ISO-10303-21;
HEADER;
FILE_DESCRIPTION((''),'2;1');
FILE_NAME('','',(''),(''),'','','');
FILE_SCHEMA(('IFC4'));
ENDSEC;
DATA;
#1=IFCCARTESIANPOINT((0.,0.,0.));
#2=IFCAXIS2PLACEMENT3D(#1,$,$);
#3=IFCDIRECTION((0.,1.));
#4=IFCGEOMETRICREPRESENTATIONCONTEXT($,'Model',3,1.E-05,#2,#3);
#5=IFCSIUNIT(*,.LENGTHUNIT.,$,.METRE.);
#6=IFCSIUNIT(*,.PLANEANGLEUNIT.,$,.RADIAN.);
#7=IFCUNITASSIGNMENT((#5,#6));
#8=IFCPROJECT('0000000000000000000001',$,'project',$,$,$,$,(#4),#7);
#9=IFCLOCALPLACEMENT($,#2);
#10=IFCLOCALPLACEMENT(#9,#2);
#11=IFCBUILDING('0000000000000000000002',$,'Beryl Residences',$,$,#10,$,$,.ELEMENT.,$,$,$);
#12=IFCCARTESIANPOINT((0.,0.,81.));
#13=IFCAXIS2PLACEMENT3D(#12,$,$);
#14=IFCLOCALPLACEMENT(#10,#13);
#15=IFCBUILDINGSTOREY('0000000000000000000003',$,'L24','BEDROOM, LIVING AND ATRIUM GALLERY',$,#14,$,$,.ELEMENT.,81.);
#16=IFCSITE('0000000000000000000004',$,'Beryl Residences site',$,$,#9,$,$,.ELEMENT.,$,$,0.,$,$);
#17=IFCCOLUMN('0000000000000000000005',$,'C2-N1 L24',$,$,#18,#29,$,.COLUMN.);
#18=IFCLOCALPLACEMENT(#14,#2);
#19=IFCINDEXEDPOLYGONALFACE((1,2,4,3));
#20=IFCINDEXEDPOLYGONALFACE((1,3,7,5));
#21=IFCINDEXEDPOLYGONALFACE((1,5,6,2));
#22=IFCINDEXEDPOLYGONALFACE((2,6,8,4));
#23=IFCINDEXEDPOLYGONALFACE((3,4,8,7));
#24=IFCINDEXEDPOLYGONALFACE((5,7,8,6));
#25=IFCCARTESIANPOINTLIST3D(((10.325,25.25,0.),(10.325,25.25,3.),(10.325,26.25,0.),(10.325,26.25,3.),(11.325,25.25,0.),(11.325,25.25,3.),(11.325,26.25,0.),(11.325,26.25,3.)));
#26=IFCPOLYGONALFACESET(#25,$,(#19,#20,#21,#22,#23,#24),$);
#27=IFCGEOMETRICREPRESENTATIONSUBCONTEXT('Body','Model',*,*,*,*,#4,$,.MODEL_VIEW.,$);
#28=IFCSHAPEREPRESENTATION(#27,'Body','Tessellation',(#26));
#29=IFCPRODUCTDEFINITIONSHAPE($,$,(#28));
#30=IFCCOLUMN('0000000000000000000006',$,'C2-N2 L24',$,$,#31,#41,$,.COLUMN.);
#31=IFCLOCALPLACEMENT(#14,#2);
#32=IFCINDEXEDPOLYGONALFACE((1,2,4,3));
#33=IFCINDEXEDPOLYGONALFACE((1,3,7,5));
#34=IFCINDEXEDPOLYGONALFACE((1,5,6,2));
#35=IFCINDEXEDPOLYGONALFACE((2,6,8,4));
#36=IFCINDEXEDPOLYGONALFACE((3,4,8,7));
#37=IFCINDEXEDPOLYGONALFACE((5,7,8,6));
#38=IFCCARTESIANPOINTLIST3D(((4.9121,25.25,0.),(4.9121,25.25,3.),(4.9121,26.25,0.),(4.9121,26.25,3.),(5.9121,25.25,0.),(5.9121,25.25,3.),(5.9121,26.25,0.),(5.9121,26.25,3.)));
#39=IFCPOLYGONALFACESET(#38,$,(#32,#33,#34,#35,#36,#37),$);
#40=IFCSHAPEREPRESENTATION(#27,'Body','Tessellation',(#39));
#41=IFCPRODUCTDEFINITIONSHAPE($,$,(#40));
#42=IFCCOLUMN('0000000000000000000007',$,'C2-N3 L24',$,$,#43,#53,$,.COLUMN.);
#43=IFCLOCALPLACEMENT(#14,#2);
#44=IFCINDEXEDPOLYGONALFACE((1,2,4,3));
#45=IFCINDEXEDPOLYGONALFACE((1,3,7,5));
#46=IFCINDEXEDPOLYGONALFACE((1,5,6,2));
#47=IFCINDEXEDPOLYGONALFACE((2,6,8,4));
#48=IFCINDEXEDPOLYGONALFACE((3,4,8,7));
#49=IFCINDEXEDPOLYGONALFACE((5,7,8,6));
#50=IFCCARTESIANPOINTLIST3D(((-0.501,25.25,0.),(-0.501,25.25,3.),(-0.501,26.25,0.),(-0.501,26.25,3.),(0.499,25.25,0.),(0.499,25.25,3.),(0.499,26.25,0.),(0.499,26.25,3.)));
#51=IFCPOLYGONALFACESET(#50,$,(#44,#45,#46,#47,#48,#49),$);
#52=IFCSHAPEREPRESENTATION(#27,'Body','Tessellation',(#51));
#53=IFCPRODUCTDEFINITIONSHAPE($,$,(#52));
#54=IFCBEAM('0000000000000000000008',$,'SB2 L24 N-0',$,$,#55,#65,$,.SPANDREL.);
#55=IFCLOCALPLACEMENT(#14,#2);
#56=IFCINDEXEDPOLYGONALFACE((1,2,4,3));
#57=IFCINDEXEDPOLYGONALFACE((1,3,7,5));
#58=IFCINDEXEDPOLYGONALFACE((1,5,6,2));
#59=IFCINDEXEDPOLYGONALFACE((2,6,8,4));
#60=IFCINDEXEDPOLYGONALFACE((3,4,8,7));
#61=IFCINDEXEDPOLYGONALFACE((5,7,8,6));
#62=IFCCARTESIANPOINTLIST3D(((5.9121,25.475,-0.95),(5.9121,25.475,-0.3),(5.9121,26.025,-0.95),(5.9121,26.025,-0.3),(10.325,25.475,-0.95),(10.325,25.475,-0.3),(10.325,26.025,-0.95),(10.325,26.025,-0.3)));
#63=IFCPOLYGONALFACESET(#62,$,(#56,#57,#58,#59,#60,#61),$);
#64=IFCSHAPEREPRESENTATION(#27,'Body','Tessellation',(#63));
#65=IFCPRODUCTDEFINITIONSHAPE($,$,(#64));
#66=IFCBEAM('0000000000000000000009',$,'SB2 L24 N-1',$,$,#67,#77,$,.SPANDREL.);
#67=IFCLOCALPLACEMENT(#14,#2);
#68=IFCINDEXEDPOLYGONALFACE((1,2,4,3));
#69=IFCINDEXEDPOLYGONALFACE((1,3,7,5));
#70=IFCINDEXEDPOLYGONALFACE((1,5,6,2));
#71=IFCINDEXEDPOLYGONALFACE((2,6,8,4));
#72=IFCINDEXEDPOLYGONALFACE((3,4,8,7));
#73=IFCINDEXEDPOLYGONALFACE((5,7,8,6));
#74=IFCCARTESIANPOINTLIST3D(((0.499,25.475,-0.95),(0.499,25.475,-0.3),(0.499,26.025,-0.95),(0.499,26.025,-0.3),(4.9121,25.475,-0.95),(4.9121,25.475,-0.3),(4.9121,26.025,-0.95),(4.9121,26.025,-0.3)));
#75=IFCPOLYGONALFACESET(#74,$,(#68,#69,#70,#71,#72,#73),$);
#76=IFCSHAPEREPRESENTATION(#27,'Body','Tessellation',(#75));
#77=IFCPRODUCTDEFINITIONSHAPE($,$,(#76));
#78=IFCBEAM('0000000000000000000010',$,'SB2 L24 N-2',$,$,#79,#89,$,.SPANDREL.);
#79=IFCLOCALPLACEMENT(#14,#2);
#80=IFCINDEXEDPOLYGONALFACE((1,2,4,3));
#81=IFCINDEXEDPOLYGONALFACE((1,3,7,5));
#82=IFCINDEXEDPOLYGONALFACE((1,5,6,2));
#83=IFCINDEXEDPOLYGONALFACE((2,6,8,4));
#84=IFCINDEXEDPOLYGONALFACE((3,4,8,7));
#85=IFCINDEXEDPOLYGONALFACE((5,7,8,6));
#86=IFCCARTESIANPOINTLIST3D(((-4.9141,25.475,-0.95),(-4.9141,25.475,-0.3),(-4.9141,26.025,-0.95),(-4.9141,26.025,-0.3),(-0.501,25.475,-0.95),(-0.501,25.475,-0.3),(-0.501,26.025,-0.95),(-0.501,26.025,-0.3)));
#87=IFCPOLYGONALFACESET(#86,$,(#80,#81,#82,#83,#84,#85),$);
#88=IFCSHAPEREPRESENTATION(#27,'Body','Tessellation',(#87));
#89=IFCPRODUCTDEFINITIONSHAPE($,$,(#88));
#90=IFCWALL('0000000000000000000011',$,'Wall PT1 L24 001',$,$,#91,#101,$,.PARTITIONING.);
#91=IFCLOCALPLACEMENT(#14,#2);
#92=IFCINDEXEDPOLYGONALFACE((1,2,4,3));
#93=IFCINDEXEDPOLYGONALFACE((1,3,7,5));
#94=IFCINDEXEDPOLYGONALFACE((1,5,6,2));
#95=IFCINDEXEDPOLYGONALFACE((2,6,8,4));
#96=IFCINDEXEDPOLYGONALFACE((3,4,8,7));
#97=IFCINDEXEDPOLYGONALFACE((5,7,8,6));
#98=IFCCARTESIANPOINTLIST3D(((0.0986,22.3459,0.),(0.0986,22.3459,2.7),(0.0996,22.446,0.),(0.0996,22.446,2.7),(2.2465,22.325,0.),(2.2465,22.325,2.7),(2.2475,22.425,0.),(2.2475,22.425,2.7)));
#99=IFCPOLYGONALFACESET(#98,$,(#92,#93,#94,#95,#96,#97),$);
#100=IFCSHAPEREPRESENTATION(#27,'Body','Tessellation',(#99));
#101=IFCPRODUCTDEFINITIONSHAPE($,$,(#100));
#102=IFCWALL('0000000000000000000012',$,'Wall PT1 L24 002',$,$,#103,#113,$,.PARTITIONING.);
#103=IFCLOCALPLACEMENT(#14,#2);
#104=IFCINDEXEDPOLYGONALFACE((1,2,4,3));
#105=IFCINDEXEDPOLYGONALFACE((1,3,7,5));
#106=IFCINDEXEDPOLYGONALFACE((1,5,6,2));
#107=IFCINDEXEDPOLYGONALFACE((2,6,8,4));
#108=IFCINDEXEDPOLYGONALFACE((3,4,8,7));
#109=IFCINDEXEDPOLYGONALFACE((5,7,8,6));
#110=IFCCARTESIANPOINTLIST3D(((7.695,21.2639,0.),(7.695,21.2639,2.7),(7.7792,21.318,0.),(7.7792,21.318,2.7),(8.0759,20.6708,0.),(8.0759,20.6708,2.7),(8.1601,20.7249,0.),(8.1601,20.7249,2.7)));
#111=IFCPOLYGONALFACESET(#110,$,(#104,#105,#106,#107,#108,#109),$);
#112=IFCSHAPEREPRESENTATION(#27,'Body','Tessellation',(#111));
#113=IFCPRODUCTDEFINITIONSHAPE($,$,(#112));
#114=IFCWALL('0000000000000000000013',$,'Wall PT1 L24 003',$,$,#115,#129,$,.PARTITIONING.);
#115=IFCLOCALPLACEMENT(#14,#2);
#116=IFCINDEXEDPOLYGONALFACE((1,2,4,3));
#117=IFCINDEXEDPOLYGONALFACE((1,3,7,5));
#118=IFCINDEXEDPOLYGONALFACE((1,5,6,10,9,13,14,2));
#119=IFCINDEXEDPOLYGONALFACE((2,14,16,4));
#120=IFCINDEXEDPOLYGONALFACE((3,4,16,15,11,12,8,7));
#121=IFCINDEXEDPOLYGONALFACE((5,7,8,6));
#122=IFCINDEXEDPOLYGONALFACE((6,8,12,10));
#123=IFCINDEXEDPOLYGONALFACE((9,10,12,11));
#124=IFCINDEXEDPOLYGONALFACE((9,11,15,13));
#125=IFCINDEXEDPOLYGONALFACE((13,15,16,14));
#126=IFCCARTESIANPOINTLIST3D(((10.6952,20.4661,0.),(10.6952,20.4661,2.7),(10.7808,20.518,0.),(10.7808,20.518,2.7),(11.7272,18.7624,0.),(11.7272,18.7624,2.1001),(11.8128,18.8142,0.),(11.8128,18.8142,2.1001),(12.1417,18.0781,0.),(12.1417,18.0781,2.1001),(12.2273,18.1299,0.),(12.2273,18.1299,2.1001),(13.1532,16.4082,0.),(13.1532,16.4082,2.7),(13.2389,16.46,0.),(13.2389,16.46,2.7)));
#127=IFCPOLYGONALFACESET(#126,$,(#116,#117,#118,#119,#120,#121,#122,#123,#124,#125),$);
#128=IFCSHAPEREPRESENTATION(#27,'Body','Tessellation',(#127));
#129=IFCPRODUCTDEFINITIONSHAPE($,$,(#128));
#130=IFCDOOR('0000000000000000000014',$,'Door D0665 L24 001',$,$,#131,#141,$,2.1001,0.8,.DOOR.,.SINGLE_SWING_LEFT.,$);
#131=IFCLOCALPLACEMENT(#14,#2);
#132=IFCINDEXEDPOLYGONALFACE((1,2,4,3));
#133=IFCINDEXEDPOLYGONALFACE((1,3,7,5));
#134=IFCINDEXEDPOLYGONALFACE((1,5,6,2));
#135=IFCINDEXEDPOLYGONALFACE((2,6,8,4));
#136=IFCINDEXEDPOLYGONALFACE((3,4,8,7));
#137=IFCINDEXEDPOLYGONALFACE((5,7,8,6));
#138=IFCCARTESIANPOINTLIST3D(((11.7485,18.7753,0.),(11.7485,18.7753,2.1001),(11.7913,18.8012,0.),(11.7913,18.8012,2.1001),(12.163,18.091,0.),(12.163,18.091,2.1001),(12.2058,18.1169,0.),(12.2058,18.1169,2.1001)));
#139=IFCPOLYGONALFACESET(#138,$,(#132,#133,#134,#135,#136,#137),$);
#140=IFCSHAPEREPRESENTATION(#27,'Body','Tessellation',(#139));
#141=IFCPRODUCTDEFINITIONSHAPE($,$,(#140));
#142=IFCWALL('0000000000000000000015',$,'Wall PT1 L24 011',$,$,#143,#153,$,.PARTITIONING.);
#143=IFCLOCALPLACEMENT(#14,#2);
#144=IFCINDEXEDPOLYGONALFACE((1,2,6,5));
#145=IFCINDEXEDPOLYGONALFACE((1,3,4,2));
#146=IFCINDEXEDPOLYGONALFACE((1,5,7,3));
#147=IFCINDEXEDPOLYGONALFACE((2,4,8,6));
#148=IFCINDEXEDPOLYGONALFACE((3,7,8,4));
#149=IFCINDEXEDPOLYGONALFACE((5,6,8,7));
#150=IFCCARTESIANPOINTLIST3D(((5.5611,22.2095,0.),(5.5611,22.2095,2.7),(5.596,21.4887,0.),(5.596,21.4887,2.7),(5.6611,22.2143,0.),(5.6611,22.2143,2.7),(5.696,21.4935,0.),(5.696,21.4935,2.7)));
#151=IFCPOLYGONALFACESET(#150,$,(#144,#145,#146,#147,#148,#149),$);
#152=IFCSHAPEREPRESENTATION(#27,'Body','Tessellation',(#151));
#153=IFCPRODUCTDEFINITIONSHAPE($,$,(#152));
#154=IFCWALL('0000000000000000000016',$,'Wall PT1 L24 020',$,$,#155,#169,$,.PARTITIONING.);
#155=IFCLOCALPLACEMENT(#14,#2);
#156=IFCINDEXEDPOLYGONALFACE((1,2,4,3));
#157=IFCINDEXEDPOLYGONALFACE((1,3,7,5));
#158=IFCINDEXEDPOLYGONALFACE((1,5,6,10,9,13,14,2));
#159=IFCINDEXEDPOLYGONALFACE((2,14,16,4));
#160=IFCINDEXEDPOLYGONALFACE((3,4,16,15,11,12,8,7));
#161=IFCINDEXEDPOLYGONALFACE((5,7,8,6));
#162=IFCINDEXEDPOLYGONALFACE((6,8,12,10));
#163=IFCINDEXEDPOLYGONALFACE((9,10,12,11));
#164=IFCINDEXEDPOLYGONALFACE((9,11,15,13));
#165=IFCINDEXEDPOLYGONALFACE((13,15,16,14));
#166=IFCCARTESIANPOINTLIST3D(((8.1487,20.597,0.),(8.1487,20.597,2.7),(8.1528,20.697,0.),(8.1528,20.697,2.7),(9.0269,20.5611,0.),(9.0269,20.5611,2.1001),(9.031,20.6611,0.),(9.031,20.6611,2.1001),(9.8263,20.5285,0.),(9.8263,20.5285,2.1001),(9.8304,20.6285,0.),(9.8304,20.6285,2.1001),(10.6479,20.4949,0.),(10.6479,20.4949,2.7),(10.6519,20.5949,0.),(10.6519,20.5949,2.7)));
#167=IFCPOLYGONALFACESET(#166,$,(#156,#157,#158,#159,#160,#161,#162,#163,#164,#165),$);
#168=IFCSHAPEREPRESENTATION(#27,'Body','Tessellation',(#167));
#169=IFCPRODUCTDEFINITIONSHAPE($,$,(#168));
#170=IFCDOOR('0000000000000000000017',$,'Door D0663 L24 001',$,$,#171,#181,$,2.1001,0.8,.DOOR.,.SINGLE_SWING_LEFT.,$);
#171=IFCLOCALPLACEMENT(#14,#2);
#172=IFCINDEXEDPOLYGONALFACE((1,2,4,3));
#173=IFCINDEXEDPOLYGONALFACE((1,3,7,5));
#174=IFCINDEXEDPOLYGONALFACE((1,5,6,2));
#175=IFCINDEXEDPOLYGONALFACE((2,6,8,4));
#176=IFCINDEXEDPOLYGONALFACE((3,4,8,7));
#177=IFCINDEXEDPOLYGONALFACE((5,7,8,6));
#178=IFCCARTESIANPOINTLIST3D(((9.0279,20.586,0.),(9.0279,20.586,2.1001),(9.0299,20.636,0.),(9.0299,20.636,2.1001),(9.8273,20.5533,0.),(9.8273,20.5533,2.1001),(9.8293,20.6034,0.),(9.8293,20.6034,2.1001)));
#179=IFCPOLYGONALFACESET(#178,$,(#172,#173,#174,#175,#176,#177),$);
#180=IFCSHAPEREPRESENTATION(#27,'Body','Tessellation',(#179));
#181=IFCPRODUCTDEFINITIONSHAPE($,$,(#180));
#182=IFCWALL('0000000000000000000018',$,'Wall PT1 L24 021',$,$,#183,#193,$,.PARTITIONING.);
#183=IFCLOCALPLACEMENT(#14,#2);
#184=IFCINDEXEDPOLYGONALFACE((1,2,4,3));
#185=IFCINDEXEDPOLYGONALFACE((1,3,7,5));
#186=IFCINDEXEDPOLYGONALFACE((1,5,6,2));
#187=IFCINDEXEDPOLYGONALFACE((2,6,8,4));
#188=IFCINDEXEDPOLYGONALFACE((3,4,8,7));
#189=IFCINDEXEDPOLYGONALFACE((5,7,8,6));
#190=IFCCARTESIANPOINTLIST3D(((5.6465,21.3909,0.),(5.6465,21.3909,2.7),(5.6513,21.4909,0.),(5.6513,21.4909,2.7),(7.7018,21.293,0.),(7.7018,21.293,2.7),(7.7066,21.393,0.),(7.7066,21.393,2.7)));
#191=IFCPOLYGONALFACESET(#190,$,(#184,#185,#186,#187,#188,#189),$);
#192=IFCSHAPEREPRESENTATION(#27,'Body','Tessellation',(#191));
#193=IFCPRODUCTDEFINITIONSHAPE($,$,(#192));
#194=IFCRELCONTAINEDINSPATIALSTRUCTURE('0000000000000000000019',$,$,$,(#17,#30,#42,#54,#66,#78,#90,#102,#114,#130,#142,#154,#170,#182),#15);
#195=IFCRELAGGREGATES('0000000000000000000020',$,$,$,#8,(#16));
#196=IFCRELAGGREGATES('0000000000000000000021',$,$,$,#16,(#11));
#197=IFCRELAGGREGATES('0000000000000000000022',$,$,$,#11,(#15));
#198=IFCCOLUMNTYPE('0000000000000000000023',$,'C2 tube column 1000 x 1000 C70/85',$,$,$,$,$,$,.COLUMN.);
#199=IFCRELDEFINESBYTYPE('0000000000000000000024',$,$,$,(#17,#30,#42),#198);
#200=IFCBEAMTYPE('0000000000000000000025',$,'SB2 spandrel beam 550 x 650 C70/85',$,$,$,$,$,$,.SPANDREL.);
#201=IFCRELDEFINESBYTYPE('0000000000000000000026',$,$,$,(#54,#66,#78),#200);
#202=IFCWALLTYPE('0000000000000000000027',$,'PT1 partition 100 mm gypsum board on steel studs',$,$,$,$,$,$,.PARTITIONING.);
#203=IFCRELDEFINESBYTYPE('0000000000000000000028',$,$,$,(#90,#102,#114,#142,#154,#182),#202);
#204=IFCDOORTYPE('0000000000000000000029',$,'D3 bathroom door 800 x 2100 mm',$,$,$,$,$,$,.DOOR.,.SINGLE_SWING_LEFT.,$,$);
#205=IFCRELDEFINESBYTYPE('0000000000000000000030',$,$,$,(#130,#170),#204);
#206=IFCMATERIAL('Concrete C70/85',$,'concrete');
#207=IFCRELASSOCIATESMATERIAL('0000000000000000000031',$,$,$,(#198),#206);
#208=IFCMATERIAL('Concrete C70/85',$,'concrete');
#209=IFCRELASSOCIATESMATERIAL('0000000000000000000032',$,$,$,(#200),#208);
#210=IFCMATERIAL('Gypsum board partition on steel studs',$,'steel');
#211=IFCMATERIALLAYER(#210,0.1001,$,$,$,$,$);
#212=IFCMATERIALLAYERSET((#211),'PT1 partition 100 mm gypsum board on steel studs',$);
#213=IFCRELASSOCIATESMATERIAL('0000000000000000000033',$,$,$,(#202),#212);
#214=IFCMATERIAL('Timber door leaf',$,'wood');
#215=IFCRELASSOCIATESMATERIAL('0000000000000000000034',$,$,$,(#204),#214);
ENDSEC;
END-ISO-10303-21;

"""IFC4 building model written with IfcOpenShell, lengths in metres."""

from ifc_helpers import new_model, si_unit, direction, frame, frame_2d, origin, origin_2d, place, context, subcontext, project, spatial, rectangle, extrude, material, layer, layer_set, material_profile, profile_set, type_object, element, fill, save


model = new_model("IFC4")

# Units and contexts
model_context = context("Model", 3, precision=1e-05, world=origin(), true_north=direction((0.0, 1.0)))
body_context = subcontext(model_context, "Body", "Model", "MODEL_VIEW")
ifc_project = project(units=[si_unit("LENGTHUNIT", "METRE"), si_unit("PLANEANGLEUNIT", "RADIAN")], contexts=[model_context])

# Site, building, storey
site_placement = place(None, origin())
site = spatial("IfcSite", under=ifc_project, at=site_placement, Name="Beryl Residences site", CompositionType="ELEMENT", RefElevation=0.0)
building_placement = place(site_placement, origin())
building = spatial("IfcBuilding", under=site, at=building_placement, Name="Beryl Residences", CompositionType="ELEMENT")
storey_placement = place(building_placement, frame((0.0, 0.0, 81.0)))
storey = spatial("IfcBuildingStorey", under=building, at=storey_placement, Name="L24", Description="BEDROOM, LIVING AND ATRIUM GALLERY", CompositionType="ELEMENT", Elevation=81.0)

# Columns
ifc_material_1 = material(Name="Concrete C70/85", Category="concrete")
ifc_material_profile_1 = material_profile(ifc_material_1, rectangle(XDim=1.0, YDim=1.0, at=origin_2d()))
ifc_profile_set_1 = profile_set([ifc_material_profile_1], Name="Concrete C70/85")
column_type = type_object("IfcColumnType", Name="C2 tube column 1000 x 1000 C70/85", PredefinedType="COLUMN", material=ifc_profile_set_1)
for number, where, z_axis, x_axis, name in (
    (1, (10.825, 25.75, 0.0), (0.0, 0.0, 1.0), (-1.0, 0.0, 0.0), "C2-N1 L24"),
    (2, (5.4121, 25.75, 0.0), (0.0, 0.0, 1.0), (-1.0, 0.0, 0.0), "C2-N2 L24"),
    (3, (-0.001, 25.75, 0.0), (0.0, 0.0, 1.0), (-1.0, 0.0, 0.0), "C2-N3 L24"),
):
    element("IfcColumn", number, at=place(storey_placement, frame(where, z_axis=z_axis, x_axis=x_axis)), inside=storey, type_object=column_type, Name=name, PredefinedType="COLUMN", context=body_context, shape_type="SweptSolid", body=[
        extrude(rectangle(XDim=1.0, YDim=1.0, at=origin_2d()), origin(), (0.0, 0.0, 1.0), 3.0),
    ])

# Beams
ifc_material_2 = material(Name="Concrete C70/85", Category="concrete")
ifc_material_profile_2 = material_profile(ifc_material_2, rectangle(XDim=0.55, YDim=0.6499, at=origin_2d()))
ifc_profile_set_2 = profile_set([ifc_material_profile_2], Name="Concrete C70/85")
beam_type = type_object("IfcBeamType", Name="SB2 spandrel beam 550 x 650 C70/85", PredefinedType="SPANDREL", material=ifc_profile_set_2)
beam_placement = place(storey_placement, frame((10.325, 25.75, -0.625), z_axis=(-1.0, 0.0, 0.0), x_axis=(0.0, -1.0, 0.0)))
element("IfcBeam", 4, at=beam_placement, inside=storey, type_object=beam_type, Name="SB2 L24 N-0", PredefinedType="SPANDREL", context=body_context, shape_type="SweptSolid", body=[
    extrude(rectangle(XDim=0.55, YDim=0.6499, at=origin_2d()), origin(), (0.0, 0.0, 1.0), 4.4128),
])
for number, where, z_axis, x_axis, name in (
    (5, (4.9121, 25.75, -0.625), (-1.0, 0.0, 0.0), (0.0, -1.0, 0.0), "SB2 L24 N-1"),
    (6, (-0.501, 25.75, -0.625), (-1.0, 0.0, 0.0), (0.0, -1.0, 0.0), "SB2 L24 N-2"),
):
    element("IfcBeam", number, at=place(storey_placement, frame(where, z_axis=z_axis, x_axis=x_axis)), inside=storey, type_object=beam_type, Name=name, PredefinedType="SPANDREL", context=body_context, shape_type="SweptSolid", body=[
        extrude(rectangle(XDim=0.55, YDim=0.6499, at=origin_2d()), origin(), (0.0, 0.0, 1.0), 4.4131),
    ])

# Walls
ifc_material_3 = material(Name="Gypsum board partition on steel studs", Category="steel")
ifc_layer_1 = layer(ifc_material_3, 0.1001)
ifc_layer_set_1 = layer_set([ifc_layer_1], Name="PT1 partition 100 mm gypsum board on steel studs")
wall_type_1 = type_object("IfcWallType", Name="PT1 partition 100 mm gypsum board on steel studs", PredefinedType="PARTITIONING", material=ifc_layer_set_1)
wall_1_placement = place(storey_placement, frame((0.0991, 22.396, 0.0), z_axis=(0.0, 0.0, 1.0), x_axis=(0.999952, -0.009774, 0.0)))
element("IfcWall", 7, at=wall_1_placement, inside=storey, type_object=wall_type_1, Name="Wall PT1 L24 001", PredefinedType="PARTITIONING", context=body_context, shape_type="SweptSolid", body=[
    extrude(rectangle(XDim=2.1479, YDim=0.1001, at=frame_2d((1.074, 0.0))), origin(), (0.0, 0.0, 1.0), 2.7),
])
wall_2_placement = place(storey_placement, frame((7.7371, 21.291, 0.0), z_axis=(0.0, 0.0, 1.0), x_axis=(0.54039, -0.841415, 0.0)))
element("IfcWall", 8, at=wall_2_placement, inside=storey, type_object=wall_type_1, Name="Wall PT1 L24 002", PredefinedType="PARTITIONING", context=body_context, shape_type="SweptSolid", body=[
    extrude(rectangle(XDim=0.7048, YDim=0.1001, at=frame_2d((0.3525, 0.0))), origin(), (0.0, 0.0, 1.0), 2.7),
])

# Wall, opening, door
wall_3_placement = place(storey_placement, frame((10.738, 20.4919, 0.0), z_axis=(0.0, 0.0, 1.0), x_axis=(0.518101, -0.855319, 0.0)))
wall_3 = element("IfcWall", 9, at=wall_3_placement, inside=storey, type_object=wall_type_1, Name="Wall PT1 L24 003", PredefinedType="PARTITIONING", context=body_context, shape_type="SweptSolid", body=[
    extrude(rectangle(XDim=4.7444, YDim=0.1001, at=frame_2d((2.3721, 0.0))), origin(), (0.0, 0.0, 1.0), 2.7),
])
opening_1_placement = place(wall_3_placement, frame((1.9919, 0.0, 0.0)))
opening_1 = element("IfcOpeningElement", 10, at=opening_1_placement, cuts=wall_3, PredefinedType="OPENING", context=body_context, shape_type="SweptSolid", body=[
    extrude(rectangle(XDim=0.8, YDim=2.1001, at=frame_2d((0.3999, 1.05))), frame((0.0, 0.0601, 0.0), z_axis=(0.0, -1.0, 0.0), x_axis=(1.0, 0.0, 0.0)), (0.0, 0.0, 1.0), 0.1201),
])
ifc_material_4 = material(Name="Timber door leaf", Category="wood")
door_type_1 = type_object("IfcDoorType", Name="D3 bathroom door 800 x 2100 mm", OperationType="SINGLE_SWING_LEFT", PredefinedType="DOOR", material=ifc_material_4)
door_1_placement = place(opening_1_placement, origin())
door_1 = element("IfcDoor", 11, at=door_1_placement, inside=storey, type_object=door_type_1, Name="Door D0665 L24 001", OperationType="SINGLE_SWING_LEFT", OverallHeight=2.1001, OverallWidth=0.8, PredefinedType="DOOR", context=body_context, shape_type="SweptSolid", body=[
    extrude(rectangle(XDim=0.8, YDim=2.1001, at=frame_2d((0.3999, 1.05))), frame((0.0, 0.0249, 0.0), z_axis=(0.0, -1.0, 0.0), x_axis=(1.0, 0.0, 0.0)), (0.0, 0.0, 1.0), 0.05),
])
fill(opening_1, door_1)

# Wall
wall_4_placement = place(storey_placement, frame((5.6111, 22.2119, 0.0), z_axis=(0.0, 0.0, 1.0), x_axis=(0.048369, -0.99883, 0.0)))
element("IfcWall", 12, at=wall_4_placement, inside=storey, type_object=wall_type_1, Name="Wall PT1 L24 011", PredefinedType="PARTITIONING", context=body_context, shape_type="SweptSolid", body=[
    extrude(rectangle(XDim=0.7217, YDim=0.1001, at=frame_2d((0.3608, 0.0))), origin(), (0.0, 0.0, 1.0), 2.7),
])

# Wall, opening, door
wall_5_placement = place(storey_placement, frame((8.1509, 20.647, 0.0), z_axis=(0.0, 0.0, 1.0), x_axis=(0.999167, -0.040802, 0.0)))
wall_5 = element("IfcWall", 13, at=wall_5_placement, inside=storey, type_object=wall_type_1, Name="Wall PT1 L24 020", PredefinedType="PARTITIONING", context=body_context, shape_type="SweptSolid", body=[
    extrude(rectangle(XDim=2.5012, YDim=0.1001, at=frame_2d((1.2505, 0.0))), origin(), (0.0, 0.0, 1.0), 2.7),
])
opening_2_placement = place(wall_5_placement, frame((0.8789, 0.0, 0.0)))
opening_2 = element("IfcOpeningElement", 14, at=opening_2_placement, cuts=wall_5, PredefinedType="OPENING", context=body_context, shape_type="SweptSolid", body=[
    extrude(rectangle(XDim=0.8, YDim=2.1001, at=frame_2d((0.3999, 1.05))), frame((0.0, 0.0601, 0.0), z_axis=(0.0, -1.0, 0.0), x_axis=(1.0, 0.0, 0.0)), (0.0, 0.0, 1.0), 0.1201),
])
door_2_placement = place(opening_2_placement, origin())
door_2 = element("IfcDoor", 15, at=door_2_placement, inside=storey, type_object=door_type_1, Name="Door D0663 L24 001", OperationType="SINGLE_SWING_LEFT", OverallHeight=2.1001, OverallWidth=0.8, PredefinedType="DOOR", context=body_context, shape_type="SweptSolid", body=[
    extrude(rectangle(XDim=0.8, YDim=2.1001, at=frame_2d((0.3999, 1.05))), frame((0.0, 0.0249, 0.0), z_axis=(0.0, -1.0, 0.0), x_axis=(1.0, 0.0, 0.0)), (0.0, 0.0, 1.0), 0.05),
])
fill(opening_2, door_2)

# Wall
wall_6_placement = place(storey_placement, frame((5.6489, 21.4409, 0.0), z_axis=(0.0, 0.0, 1.0), x_axis=(0.998867, -0.047582, 0.0)))
element("IfcWall", 16, at=wall_6_placement, inside=storey, type_object=wall_type_1, Name="Wall PT1 L24 021", PredefinedType="PARTITIONING", context=body_context, shape_type="SweptSolid", body=[
    extrude(rectangle(XDim=2.0576, YDim=0.1001, at=frame_2d((1.0288, 0.0))), origin(), (0.0, 0.0, 1.0), 2.7),
])

save(model, "model.ifc")
